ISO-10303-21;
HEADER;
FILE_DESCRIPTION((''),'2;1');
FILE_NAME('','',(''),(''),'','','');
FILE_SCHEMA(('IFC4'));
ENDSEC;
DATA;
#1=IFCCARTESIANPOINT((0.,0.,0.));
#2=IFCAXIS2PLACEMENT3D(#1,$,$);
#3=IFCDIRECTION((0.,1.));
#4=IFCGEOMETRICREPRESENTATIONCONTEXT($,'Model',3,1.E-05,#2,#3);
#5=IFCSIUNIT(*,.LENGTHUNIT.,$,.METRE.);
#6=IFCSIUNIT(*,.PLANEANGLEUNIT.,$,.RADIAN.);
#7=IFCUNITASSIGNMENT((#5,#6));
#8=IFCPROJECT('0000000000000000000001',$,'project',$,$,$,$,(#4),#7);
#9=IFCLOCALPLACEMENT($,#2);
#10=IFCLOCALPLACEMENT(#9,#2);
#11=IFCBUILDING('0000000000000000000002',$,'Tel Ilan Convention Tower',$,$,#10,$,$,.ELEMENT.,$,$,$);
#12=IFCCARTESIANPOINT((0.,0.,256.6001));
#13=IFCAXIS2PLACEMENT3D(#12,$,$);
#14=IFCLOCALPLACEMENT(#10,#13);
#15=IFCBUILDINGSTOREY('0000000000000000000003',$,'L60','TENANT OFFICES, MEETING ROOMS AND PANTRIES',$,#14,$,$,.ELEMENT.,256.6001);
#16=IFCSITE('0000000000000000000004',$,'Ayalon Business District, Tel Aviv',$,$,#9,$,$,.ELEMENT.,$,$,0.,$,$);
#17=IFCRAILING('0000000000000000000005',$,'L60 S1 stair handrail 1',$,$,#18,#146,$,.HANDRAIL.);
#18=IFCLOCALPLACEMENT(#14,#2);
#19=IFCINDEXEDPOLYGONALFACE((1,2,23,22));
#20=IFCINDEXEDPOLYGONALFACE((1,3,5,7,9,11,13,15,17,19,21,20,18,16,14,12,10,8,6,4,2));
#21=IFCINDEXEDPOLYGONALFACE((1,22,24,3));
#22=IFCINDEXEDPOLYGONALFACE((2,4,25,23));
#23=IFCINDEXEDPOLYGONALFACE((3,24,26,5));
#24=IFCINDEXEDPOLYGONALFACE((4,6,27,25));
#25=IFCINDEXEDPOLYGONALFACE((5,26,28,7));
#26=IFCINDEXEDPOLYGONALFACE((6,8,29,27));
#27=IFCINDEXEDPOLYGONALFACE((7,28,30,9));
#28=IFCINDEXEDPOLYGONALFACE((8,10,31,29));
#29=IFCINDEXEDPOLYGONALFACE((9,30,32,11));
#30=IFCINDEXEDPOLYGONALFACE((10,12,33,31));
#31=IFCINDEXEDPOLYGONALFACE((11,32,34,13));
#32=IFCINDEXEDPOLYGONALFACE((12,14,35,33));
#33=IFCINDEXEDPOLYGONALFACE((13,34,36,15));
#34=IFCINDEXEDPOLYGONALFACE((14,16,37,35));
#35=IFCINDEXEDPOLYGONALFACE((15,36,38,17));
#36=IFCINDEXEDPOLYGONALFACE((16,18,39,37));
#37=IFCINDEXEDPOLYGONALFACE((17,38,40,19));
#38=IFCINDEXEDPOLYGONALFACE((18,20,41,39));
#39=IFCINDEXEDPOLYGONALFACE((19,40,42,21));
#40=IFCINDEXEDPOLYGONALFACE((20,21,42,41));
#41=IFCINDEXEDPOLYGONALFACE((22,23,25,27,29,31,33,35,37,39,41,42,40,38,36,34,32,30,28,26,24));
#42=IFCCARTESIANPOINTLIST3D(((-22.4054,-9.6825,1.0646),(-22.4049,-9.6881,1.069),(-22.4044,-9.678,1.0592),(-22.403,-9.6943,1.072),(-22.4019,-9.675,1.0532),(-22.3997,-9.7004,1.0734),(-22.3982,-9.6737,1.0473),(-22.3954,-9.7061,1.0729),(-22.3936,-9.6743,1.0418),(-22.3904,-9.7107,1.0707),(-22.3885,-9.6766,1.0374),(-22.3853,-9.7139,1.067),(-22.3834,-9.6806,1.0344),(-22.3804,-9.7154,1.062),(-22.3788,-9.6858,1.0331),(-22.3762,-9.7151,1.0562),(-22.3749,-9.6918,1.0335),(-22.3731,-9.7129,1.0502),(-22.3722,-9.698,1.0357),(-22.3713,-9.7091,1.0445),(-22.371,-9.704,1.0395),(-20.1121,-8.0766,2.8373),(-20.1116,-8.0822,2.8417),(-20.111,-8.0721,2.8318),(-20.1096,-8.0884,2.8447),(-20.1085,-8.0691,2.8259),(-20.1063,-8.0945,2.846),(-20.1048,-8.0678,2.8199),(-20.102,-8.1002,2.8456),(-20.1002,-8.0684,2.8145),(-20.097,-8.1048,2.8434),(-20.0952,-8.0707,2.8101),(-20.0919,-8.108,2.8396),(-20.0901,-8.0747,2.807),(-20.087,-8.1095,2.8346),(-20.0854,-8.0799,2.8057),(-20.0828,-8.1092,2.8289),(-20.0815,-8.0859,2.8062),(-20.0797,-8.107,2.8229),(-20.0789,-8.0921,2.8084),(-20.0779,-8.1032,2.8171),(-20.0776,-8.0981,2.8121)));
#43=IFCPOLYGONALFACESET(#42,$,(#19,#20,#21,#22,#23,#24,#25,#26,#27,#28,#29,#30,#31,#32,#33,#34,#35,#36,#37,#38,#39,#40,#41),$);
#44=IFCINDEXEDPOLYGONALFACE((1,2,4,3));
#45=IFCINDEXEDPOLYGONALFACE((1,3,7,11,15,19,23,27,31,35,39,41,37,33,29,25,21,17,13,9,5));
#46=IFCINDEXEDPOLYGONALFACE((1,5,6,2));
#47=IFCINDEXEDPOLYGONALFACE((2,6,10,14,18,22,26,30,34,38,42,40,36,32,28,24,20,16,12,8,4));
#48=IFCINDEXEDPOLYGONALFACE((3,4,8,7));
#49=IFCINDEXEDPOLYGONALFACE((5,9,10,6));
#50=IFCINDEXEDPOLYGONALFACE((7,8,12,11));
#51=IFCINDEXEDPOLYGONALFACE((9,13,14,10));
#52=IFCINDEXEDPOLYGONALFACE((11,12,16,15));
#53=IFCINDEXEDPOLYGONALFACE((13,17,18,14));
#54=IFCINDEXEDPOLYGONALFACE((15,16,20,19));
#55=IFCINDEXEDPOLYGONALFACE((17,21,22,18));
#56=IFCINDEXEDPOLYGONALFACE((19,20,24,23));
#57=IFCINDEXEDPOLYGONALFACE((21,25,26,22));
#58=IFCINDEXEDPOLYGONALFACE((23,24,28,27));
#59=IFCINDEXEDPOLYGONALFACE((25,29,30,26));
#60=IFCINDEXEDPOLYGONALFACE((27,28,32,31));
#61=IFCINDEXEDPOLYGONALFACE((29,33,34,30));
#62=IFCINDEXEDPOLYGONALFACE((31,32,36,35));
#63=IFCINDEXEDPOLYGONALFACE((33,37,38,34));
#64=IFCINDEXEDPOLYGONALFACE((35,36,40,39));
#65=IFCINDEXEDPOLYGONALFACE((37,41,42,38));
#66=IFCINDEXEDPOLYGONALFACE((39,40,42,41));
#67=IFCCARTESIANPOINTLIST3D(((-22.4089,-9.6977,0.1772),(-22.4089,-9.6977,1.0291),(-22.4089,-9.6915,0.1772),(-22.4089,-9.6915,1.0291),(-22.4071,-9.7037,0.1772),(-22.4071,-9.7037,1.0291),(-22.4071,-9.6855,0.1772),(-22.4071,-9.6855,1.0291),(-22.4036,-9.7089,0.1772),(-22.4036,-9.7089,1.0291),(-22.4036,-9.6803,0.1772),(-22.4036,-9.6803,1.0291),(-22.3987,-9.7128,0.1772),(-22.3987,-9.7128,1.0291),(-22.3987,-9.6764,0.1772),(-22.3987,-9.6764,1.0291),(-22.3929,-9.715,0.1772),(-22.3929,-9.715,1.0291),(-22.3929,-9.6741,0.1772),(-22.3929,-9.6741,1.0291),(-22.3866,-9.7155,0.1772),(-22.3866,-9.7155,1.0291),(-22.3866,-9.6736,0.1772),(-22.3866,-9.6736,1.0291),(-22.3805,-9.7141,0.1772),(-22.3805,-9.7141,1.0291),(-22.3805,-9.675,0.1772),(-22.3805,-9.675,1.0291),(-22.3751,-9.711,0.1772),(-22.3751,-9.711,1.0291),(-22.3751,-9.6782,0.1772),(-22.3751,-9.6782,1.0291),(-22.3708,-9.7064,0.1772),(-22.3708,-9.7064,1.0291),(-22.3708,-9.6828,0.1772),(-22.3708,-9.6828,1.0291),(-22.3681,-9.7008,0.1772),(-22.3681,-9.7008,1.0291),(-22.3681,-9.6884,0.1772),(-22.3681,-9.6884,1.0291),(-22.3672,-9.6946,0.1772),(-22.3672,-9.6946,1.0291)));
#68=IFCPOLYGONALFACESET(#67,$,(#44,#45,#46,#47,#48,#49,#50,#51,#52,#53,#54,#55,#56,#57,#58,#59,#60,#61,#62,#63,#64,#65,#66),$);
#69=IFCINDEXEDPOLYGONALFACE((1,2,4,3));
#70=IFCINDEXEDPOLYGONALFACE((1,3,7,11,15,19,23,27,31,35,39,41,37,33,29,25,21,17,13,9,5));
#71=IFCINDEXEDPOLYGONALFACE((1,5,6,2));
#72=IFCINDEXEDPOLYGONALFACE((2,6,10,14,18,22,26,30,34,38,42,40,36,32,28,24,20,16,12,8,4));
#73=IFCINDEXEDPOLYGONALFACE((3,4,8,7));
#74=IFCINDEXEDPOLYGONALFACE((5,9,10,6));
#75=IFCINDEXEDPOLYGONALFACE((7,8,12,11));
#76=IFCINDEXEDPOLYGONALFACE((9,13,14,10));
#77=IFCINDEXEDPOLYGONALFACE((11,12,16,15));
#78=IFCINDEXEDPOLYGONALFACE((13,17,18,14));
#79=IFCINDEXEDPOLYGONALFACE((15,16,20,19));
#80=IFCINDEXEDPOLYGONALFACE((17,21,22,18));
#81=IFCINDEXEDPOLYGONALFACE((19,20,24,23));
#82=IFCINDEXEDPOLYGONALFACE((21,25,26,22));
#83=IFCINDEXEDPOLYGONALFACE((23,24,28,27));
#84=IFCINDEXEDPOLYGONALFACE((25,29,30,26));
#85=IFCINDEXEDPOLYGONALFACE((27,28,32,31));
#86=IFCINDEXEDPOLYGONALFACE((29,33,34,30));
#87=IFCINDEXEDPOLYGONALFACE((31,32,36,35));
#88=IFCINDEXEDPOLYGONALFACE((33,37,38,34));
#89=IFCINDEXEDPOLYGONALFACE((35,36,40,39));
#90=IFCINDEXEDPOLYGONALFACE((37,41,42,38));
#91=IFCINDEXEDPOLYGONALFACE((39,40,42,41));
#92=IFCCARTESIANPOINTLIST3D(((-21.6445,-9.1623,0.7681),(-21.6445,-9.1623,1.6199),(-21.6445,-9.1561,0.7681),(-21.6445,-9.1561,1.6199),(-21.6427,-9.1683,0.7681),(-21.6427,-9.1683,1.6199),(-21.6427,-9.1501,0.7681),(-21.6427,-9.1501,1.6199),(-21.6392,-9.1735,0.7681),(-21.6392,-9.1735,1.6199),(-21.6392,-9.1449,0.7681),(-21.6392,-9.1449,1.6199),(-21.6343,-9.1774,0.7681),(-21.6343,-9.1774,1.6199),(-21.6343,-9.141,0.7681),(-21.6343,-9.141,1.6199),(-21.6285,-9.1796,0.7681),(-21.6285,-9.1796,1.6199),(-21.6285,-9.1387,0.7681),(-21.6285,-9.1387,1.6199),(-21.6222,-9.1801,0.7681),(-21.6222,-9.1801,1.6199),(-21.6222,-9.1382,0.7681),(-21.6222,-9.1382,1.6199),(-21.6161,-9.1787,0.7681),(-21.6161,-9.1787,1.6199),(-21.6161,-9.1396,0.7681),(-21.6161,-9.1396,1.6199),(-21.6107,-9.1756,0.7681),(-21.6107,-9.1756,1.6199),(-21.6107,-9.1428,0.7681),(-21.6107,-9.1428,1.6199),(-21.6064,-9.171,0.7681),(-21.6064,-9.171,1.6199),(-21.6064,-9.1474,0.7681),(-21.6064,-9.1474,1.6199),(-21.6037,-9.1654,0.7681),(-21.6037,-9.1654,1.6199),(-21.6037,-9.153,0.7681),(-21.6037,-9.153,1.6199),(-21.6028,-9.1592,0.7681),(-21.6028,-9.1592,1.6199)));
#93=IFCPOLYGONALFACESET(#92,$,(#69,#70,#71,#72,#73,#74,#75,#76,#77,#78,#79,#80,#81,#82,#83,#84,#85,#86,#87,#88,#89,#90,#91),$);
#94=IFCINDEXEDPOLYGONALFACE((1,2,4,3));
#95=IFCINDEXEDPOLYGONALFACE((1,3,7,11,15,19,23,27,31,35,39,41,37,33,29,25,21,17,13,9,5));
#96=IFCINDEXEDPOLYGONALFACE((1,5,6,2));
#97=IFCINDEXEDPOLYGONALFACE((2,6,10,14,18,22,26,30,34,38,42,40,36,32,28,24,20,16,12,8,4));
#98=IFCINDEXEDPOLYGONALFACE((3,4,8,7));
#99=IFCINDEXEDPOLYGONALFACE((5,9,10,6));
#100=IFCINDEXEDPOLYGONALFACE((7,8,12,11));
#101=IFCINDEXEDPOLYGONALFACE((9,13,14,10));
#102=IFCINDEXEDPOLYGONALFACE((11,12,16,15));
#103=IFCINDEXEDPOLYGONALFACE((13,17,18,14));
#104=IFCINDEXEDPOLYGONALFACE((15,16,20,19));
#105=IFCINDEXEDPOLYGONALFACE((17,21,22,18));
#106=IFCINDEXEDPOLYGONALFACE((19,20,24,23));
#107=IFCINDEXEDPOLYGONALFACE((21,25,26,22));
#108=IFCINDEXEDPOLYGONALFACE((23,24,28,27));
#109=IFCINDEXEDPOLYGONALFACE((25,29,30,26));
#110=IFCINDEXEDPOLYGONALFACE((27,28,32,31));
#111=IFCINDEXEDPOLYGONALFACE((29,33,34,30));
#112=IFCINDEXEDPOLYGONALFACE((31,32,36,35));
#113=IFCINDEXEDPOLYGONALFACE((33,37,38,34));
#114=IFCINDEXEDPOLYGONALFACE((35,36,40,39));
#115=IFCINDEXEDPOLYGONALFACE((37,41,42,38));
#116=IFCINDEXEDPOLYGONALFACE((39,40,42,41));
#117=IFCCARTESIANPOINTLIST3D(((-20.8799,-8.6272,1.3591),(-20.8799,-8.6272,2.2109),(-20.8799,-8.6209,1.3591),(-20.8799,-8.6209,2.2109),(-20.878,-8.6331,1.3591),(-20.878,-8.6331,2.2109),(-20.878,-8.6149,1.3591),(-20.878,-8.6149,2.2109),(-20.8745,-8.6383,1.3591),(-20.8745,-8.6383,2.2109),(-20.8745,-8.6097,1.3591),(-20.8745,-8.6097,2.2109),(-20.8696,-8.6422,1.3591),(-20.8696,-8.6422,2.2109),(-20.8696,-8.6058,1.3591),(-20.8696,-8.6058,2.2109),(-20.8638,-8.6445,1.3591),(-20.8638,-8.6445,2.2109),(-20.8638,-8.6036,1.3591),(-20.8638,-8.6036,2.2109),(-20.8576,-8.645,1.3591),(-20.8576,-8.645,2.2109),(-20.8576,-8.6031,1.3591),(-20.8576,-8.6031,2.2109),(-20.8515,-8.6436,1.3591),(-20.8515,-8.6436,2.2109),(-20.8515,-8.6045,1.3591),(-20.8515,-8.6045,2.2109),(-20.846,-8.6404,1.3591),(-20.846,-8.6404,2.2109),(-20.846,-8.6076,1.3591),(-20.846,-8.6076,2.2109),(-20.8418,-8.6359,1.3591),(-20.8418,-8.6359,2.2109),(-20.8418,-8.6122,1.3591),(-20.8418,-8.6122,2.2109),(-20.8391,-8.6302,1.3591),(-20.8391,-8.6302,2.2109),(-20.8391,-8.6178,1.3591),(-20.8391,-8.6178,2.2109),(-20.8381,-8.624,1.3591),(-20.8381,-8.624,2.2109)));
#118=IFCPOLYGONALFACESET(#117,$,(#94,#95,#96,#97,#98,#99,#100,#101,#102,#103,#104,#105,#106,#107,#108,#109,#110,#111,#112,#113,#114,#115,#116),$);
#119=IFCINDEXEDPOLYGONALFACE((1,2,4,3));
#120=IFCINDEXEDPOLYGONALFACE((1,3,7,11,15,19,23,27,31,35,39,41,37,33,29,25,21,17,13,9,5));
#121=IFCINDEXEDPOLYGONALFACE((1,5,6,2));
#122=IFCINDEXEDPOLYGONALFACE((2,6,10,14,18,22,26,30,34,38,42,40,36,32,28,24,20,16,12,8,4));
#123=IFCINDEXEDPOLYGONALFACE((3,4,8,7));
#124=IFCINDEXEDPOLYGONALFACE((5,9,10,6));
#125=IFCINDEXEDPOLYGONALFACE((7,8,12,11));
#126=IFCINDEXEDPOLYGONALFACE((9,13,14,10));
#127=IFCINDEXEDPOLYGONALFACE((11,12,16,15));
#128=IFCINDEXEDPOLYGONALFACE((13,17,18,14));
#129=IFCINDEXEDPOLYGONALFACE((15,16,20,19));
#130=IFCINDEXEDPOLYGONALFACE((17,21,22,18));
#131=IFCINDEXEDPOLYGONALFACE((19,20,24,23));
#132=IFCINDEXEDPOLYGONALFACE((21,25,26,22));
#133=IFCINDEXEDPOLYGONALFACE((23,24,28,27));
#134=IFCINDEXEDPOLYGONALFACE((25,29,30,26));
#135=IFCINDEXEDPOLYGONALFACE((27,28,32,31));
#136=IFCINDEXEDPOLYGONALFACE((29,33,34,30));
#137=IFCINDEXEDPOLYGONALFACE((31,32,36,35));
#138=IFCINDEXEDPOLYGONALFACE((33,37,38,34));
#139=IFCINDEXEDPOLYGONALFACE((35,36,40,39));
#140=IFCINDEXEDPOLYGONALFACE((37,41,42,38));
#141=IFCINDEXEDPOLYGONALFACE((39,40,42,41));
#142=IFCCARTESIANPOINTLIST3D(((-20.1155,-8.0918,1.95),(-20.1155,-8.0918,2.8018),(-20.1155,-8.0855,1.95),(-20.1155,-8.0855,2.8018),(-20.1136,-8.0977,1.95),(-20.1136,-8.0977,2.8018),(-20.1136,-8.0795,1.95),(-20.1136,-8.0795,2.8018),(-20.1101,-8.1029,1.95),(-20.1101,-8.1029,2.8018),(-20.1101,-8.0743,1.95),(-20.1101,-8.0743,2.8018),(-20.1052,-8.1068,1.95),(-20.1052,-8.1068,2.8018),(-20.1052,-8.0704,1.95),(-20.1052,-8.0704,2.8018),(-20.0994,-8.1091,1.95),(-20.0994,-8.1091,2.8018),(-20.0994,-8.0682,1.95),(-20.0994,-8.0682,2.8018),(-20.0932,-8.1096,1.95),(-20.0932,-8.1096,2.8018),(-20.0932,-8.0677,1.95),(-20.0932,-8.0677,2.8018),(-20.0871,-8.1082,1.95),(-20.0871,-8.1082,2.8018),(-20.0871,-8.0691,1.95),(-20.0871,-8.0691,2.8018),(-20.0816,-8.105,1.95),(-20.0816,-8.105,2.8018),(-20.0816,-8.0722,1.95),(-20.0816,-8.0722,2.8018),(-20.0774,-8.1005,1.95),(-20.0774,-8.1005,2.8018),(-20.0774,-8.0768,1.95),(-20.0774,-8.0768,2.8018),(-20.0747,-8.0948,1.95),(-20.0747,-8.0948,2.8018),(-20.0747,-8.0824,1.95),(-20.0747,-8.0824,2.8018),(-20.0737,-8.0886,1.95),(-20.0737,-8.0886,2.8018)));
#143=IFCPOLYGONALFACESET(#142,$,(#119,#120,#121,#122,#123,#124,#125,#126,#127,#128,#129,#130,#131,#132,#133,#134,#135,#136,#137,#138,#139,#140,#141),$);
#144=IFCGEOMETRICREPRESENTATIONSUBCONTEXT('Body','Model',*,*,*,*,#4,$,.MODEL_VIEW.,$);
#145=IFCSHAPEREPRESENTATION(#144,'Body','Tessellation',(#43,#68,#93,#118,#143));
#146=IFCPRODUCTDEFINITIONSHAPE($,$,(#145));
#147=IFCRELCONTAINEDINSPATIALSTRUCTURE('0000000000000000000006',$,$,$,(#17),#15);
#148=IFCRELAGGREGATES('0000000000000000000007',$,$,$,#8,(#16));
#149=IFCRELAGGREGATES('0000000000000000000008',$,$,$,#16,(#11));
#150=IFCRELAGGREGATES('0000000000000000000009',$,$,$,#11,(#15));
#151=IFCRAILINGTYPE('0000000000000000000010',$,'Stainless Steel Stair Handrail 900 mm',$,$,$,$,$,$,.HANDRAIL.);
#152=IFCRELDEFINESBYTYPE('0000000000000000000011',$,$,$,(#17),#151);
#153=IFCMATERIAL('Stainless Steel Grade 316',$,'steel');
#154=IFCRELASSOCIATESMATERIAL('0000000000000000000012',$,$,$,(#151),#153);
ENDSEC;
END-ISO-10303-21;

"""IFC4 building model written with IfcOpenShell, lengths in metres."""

from ifc_helpers import new_model, si_unit, direction, frame, origin, origin_2d, place, context, subcontext, project, spatial, circle, extrude, material, type_object, element, save


model = new_model("IFC4")

# Units and contexts
model_context = context("Model", 3, precision=1e-05, world=origin(), true_north=direction((0.0, 1.0)))
body_context = subcontext(model_context, "Body", "Model", "MODEL_VIEW")
ifc_project = project(units=[si_unit("LENGTHUNIT", "METRE"), si_unit("PLANEANGLEUNIT", "RADIAN")], contexts=[model_context])

# Site, building, storey
site_placement = place(None, origin())
site = spatial("IfcSite", under=ifc_project, at=site_placement, Name="Ayalon Business District, Tel Aviv", CompositionType="ELEMENT", RefElevation=0.0)
building_placement = place(site_placement, origin())
building = spatial("IfcBuilding", under=site, at=building_placement, Name="Tel Ilan Convention Tower", CompositionType="ELEMENT")
storey_placement = place(building_placement, frame((0.0, 0.0, 256.6001)))
storey = spatial("IfcBuildingStorey", under=building, at=storey_placement, Name="L60", Description="TENANT OFFICES, MEETING ROOMS AND PANTRIES", CompositionType="ELEMENT", Elevation=256.6001)

# Railing
ifc_material_1 = material(Name="Stainless Steel Grade 316", Category="steel")
railing_type_1 = type_object("IfcRailingType", Name="Stainless Steel Stair Handrail 900 mm", PredefinedType="HANDRAIL", material=ifc_material_1)
railing_1_placement = place(storey_placement, frame((-22.3882, -9.6946, 0.1772)))
element("IfcRailing", 1, at=railing_1_placement, inside=storey, type_object=railing_type_1, Name="L60 S1 stair handrail 1", PredefinedType="HANDRAIL", context=body_context, shape_type="SweptSolid", body=[
    extrude(circle(Radius=0.0239, at=origin_2d()), frame((0.0, 0.0, 0.876), z_axis=(0.692085, 0.484621, 0.53494), x_axis=(-0.573591, 0.819142, 0.0)), (0.0, 0.0, 1.0), 3.3137),
    extrude(circle(Radius=0.021, at=origin_2d()), origin(), (0.0, 0.0, 1.0), 0.8518),
    extrude(circle(Radius=0.021, at=origin_2d()), frame((0.7644, 0.5354, 0.5908)), (0.0, 0.0, 1.0), 0.8518),
    extrude(circle(Radius=0.021, at=origin_2d()), frame((1.5291, 1.0706, 1.1819)), (0.0, 0.0, 1.0), 0.8518),
    extrude(circle(Radius=0.021, at=origin_2d()), frame((2.2935, 1.606, 1.7727)), (0.0, 0.0, 1.0), 0.8518),
])

save(model, "model.ifc")
